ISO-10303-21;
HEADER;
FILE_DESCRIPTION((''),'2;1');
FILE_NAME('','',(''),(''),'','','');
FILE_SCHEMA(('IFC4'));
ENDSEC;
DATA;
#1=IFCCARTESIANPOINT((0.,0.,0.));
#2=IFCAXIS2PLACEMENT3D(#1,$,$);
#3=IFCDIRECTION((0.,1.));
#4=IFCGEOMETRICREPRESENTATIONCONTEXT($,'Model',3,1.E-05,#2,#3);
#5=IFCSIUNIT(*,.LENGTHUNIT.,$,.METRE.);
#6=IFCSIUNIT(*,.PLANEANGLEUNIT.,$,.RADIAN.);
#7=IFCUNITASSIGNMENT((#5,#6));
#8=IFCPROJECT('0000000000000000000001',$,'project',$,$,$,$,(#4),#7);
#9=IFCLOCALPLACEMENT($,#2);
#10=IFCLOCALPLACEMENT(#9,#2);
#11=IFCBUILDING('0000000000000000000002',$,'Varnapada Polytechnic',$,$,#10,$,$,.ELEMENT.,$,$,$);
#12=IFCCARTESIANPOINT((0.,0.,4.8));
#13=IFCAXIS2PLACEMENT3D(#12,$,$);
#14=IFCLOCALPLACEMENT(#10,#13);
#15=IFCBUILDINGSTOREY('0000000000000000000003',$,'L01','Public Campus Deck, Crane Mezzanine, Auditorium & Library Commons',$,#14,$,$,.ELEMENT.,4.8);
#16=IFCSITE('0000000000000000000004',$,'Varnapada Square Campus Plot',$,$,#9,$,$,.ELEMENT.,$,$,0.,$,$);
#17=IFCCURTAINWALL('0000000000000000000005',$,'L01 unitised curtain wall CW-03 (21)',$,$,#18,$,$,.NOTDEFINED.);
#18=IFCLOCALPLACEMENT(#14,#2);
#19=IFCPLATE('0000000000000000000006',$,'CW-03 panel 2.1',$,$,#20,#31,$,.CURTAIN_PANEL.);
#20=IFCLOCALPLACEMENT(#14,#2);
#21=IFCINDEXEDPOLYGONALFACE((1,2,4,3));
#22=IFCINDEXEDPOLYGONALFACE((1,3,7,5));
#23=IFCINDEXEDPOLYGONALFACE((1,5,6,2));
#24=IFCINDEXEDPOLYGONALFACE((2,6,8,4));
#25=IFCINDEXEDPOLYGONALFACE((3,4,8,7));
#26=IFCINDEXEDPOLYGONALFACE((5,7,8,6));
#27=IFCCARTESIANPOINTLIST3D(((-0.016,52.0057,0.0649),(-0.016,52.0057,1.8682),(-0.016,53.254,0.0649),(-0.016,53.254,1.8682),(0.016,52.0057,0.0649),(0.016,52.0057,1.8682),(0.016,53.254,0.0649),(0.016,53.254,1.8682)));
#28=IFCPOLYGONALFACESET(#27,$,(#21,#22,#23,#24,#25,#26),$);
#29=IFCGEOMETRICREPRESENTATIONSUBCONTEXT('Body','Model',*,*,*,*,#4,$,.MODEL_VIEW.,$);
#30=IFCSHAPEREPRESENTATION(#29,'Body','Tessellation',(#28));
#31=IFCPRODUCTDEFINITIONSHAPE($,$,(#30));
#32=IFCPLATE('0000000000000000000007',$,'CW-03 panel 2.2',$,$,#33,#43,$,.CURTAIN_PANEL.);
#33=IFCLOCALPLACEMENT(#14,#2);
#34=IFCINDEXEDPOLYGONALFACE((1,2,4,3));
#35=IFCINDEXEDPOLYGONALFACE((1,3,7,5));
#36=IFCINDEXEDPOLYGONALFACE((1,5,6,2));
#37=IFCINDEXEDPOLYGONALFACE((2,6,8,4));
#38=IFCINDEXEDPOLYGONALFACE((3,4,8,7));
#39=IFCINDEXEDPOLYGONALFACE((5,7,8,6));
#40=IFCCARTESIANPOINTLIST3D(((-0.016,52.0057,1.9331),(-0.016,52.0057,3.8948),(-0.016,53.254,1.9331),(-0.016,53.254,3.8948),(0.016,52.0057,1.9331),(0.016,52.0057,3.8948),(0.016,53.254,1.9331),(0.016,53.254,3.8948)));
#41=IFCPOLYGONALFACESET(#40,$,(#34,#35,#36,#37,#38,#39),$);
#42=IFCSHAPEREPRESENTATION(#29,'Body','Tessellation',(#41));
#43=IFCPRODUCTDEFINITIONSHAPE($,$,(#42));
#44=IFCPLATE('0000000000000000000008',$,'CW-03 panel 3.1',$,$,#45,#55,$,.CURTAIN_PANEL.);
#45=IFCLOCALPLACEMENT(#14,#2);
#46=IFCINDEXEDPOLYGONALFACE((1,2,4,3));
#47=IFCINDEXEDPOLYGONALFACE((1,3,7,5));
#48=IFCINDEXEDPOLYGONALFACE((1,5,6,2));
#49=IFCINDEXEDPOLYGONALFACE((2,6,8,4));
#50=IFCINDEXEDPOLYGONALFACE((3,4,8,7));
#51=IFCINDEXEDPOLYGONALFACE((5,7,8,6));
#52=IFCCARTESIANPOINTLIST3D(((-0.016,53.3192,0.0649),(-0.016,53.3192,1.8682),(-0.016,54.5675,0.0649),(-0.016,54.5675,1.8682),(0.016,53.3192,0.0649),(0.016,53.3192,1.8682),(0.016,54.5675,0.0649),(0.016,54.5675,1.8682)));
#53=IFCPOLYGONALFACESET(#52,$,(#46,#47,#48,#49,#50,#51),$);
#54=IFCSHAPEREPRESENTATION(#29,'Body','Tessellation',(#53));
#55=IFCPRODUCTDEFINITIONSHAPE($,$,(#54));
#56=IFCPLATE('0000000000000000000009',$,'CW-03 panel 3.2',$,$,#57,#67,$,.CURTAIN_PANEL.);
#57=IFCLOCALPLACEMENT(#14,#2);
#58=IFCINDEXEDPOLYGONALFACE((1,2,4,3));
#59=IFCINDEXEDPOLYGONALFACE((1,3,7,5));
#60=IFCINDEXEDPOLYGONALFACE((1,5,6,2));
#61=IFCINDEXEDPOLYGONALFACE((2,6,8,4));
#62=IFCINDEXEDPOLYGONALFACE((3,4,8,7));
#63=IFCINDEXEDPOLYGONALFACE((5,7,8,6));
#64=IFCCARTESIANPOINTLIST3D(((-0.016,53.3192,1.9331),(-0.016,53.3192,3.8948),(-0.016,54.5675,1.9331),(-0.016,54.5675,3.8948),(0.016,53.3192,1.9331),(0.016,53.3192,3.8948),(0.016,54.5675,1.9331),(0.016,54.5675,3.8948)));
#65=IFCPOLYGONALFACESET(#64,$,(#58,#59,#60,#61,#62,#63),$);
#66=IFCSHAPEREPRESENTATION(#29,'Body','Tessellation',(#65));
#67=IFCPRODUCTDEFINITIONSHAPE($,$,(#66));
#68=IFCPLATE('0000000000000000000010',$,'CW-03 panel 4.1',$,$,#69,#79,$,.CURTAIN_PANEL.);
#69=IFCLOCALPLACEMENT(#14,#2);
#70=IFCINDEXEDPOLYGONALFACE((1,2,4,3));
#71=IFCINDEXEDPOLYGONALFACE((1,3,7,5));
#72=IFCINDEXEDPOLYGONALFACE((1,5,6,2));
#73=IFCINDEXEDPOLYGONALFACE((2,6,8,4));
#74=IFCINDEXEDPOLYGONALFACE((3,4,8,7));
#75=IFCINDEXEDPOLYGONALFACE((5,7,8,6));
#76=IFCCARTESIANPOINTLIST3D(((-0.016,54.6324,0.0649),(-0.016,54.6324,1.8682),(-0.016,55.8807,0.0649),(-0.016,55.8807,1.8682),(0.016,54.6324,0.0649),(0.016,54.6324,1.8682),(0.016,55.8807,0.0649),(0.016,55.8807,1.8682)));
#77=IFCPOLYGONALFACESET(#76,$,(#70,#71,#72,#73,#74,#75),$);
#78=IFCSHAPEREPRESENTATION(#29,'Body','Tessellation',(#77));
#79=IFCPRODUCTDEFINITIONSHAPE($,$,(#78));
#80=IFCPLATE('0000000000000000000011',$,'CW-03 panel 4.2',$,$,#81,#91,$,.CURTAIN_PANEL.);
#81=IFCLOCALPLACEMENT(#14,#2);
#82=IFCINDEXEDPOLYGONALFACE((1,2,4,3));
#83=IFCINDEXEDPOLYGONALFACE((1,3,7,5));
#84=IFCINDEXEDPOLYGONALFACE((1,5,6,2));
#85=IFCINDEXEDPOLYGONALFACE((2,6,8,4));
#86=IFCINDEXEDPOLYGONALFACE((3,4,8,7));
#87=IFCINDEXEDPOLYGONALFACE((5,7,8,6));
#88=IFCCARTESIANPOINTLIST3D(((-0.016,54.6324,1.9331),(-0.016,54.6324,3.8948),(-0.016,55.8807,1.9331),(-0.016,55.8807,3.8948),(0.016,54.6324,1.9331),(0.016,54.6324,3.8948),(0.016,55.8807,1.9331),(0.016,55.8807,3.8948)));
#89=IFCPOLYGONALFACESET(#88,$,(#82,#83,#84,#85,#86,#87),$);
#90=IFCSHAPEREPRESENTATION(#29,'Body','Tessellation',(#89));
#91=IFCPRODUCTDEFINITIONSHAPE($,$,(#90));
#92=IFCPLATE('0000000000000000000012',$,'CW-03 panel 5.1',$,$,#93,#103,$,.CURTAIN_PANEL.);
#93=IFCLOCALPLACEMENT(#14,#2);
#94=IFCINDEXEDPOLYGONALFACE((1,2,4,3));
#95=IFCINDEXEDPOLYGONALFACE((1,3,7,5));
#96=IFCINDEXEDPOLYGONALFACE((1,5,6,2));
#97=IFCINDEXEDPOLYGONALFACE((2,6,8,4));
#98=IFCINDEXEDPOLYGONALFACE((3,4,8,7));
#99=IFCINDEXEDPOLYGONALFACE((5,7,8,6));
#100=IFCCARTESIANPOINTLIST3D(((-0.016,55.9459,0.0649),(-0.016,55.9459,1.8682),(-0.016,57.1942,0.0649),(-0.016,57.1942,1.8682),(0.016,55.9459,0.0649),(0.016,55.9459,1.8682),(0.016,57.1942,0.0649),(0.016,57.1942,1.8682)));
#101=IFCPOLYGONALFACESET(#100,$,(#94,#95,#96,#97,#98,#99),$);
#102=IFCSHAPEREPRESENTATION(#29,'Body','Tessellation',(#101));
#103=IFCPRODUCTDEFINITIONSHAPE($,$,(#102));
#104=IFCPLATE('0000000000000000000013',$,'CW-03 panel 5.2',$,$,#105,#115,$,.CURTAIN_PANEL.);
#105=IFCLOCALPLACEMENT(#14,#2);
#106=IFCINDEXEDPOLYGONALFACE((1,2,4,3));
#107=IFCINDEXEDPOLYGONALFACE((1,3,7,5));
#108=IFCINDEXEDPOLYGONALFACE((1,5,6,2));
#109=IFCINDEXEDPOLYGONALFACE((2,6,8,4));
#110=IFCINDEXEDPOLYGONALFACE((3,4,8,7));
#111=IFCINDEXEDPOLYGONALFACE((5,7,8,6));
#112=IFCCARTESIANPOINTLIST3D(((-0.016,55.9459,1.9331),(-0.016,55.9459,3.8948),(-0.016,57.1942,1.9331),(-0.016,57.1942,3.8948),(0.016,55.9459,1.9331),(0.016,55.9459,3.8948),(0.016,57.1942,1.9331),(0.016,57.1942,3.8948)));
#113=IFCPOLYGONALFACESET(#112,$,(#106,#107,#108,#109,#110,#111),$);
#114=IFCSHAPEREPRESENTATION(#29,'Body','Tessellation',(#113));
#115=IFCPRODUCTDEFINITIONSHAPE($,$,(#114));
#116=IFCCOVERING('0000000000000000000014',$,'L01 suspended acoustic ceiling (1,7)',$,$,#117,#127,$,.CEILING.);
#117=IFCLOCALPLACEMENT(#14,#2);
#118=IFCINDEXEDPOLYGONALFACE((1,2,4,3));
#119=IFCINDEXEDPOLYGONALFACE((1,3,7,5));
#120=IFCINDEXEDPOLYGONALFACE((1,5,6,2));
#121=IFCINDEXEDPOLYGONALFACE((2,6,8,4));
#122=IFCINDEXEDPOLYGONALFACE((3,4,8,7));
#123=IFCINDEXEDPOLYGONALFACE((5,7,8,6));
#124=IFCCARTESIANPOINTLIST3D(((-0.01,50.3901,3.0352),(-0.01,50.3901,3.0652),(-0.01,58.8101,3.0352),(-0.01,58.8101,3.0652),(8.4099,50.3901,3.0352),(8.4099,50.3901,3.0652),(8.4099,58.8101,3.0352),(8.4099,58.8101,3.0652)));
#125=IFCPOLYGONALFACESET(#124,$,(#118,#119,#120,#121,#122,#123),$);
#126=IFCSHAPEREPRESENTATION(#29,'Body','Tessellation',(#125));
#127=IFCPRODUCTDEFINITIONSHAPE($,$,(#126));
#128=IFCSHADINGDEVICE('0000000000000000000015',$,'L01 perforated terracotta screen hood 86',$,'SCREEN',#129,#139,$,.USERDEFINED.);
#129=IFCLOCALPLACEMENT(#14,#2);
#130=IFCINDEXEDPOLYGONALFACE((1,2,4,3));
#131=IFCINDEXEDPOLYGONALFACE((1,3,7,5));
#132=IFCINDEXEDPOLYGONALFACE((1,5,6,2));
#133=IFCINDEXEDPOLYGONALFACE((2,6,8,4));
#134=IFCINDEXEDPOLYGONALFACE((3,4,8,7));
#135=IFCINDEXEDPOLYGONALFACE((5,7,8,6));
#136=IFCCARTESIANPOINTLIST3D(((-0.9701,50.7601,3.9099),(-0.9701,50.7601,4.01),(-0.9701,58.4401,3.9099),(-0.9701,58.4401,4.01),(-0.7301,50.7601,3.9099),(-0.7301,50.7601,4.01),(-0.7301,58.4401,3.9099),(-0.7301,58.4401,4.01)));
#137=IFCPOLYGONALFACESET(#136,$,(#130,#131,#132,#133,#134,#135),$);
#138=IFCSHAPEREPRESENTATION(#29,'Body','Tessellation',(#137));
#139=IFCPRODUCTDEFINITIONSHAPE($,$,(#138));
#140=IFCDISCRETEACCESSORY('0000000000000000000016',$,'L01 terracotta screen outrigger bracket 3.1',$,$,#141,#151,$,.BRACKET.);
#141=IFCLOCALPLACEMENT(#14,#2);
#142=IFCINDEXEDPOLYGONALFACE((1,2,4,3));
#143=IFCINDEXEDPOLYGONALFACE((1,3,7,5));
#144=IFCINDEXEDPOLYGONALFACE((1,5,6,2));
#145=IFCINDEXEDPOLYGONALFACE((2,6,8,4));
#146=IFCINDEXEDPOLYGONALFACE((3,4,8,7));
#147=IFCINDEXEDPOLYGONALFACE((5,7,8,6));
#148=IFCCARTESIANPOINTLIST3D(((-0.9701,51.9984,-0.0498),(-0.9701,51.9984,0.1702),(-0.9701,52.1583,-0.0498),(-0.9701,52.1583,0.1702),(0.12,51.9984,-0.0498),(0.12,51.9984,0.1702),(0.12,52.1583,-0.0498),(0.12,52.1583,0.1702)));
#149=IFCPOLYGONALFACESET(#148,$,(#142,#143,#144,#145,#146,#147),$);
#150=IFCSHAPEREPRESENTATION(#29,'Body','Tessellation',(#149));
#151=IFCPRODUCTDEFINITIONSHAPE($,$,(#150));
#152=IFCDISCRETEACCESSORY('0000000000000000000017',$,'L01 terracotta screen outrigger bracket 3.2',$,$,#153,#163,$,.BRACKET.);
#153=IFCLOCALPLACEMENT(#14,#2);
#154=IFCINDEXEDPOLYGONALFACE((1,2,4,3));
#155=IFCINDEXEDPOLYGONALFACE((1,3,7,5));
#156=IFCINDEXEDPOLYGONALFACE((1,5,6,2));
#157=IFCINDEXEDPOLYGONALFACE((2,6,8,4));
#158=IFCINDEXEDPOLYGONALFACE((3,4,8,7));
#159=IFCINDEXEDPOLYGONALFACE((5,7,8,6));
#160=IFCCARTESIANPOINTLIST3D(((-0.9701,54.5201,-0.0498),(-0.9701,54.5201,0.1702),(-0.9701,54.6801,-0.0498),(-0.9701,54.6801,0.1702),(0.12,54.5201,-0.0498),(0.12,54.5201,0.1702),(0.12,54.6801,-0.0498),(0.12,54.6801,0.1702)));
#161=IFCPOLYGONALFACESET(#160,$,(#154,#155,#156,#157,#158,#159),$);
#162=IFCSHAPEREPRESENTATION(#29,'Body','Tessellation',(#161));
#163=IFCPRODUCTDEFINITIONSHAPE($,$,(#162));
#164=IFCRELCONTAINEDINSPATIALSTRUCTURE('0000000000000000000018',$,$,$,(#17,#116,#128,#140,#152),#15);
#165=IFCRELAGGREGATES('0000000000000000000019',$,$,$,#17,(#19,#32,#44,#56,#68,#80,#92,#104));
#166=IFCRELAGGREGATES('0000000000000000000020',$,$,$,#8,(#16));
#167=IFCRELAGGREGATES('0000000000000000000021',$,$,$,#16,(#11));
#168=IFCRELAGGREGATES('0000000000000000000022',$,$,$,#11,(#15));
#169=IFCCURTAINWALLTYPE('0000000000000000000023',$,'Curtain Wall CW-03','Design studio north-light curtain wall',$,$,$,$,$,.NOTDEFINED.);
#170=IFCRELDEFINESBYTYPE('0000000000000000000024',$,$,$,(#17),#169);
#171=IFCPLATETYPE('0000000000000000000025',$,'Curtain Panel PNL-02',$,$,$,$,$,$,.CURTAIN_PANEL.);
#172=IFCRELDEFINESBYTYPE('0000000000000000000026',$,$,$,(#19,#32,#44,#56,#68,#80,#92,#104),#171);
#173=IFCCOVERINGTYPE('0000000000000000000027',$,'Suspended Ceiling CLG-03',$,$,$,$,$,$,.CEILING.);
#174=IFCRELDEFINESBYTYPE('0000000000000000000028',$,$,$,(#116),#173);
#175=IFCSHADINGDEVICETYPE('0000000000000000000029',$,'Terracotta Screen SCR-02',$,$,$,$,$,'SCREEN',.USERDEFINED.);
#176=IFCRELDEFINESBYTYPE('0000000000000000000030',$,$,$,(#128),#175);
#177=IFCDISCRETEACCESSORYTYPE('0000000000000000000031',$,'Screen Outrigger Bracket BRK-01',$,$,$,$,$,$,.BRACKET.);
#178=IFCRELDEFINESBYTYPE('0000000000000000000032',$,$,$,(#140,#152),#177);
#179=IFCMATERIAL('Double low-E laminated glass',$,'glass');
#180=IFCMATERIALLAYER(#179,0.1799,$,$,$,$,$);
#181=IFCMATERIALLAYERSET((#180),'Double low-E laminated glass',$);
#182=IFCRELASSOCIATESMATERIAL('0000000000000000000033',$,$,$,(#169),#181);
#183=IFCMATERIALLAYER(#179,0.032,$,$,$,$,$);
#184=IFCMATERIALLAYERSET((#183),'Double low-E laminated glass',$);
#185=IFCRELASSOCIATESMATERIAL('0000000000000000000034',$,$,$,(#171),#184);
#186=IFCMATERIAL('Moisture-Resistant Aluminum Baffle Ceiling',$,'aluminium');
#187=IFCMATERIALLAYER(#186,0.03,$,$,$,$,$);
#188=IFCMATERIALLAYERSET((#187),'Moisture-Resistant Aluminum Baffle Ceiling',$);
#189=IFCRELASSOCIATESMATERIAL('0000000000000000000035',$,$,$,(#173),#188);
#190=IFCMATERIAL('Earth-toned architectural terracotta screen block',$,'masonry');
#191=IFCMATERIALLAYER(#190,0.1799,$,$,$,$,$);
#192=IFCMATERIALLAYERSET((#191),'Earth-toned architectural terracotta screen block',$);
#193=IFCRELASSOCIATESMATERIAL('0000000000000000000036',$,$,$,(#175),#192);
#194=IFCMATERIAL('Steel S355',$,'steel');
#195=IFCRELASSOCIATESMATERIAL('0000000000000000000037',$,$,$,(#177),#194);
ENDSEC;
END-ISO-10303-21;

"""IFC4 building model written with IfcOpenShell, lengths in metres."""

from ifc_helpers import new_model, si_unit, direction, frame, origin, origin_2d, place, context, subcontext, project, spatial, rectangle, extrude, material, layer, layer_set, type_object, element, aggregate, save


model = new_model("IFC4")

# Units and contexts
model_context = context("Model", 3, precision=1e-05, world=origin(), true_north=direction((0.0, 1.0)))
body_context = subcontext(model_context, "Body", "Model", "MODEL_VIEW")
ifc_project = project(units=[si_unit("LENGTHUNIT", "METRE"), si_unit("PLANEANGLEUNIT", "RADIAN")], contexts=[model_context])

# Site, building, storey
site_placement = place(None, origin())
site = spatial("IfcSite", under=ifc_project, at=site_placement, Name="Varnapada Square Campus Plot", CompositionType="ELEMENT", RefElevation=0.0)
building_placement = place(site_placement, origin())
building = spatial("IfcBuilding", under=site, at=building_placement, Name="Varnapada Polytechnic", CompositionType="ELEMENT")
storey_placement = place(building_placement, frame((0.0, 0.0, 4.8)))
storey = spatial("IfcBuildingStorey", under=building, at=storey_placement, Name="L01", Description="Public Campus Deck, Crane Mezzanine, Auditorium & Library Commons", CompositionType="ELEMENT", Elevation=4.8)

# Curtain wall, plates
ifc_material_1 = material(Name="Double low-E laminated glass", Category="glass")
ifc_layer_1 = layer(ifc_material_1, 0.1799)
ifc_layer_set_1 = layer_set([ifc_layer_1], Name="Double low-E laminated glass")
curtain_wall_type = type_object("IfcCurtainWallType", Name="Curtain Wall CW-03", Description="Design studio north-light curtain wall", PredefinedType="NOTDEFINED", material=ifc_layer_set_1)
curtain_wall_placement = place(storey_placement, origin())
curtain_wall = element("IfcCurtainWall", 1, at=curtain_wall_placement, inside=storey, type_object=curtain_wall_type, Name="L01 unitised curtain wall CW-03 (21)", PredefinedType="NOTDEFINED")
ifc_layer_2 = layer(ifc_material_1, 0.032)
ifc_layer_set_2 = layer_set([ifc_layer_2], Name="Double low-E laminated glass")
plate_type = type_object("IfcPlateType", Name="Curtain Panel PNL-02", PredefinedType="CURTAIN_PANEL", material=ifc_layer_set_2)
plate_1_placement = place(storey_placement, frame((0.0, 52.6299, 0.0649), z_axis=(0.0, 0.0, 1.0), x_axis=(0.0, 1.0, 0.0)))
plate_1 = element("IfcPlate", 2, at=plate_1_placement, type_object=plate_type, Name="CW-03 panel 2.1", PredefinedType="CURTAIN_PANEL", context=body_context, shape_type="SweptSolid", body=[
    extrude(rectangle(XDim=1.2483, YDim=0.032, at=origin_2d()), origin(), (0.0, 0.0, 1.0), 1.8032),
])
plate_2_placement = place(storey_placement, frame((0.0, 52.6299, 1.9331), z_axis=(0.0, 0.0, 1.0), x_axis=(0.0, 1.0, 0.0)))
plate_2 = element("IfcPlate", 3, at=plate_2_placement, type_object=plate_type, Name="CW-03 panel 2.2", PredefinedType="CURTAIN_PANEL", context=body_context, shape_type="SweptSolid", body=[
    extrude(rectangle(XDim=1.2483, YDim=0.032, at=origin_2d()), origin(), (0.0, 0.0, 1.0), 1.9617),
])
plate_3_placement = place(storey_placement, frame((0.0, 53.9434, 0.0649), z_axis=(0.0, 0.0, 1.0), x_axis=(0.0, 1.0, 0.0)))
plate_3 = element("IfcPlate", 4, at=plate_3_placement, type_object=plate_type, Name="CW-03 panel 3.1", PredefinedType="CURTAIN_PANEL", context=body_context, shape_type="SweptSolid", body=[
    extrude(rectangle(XDim=1.2483, YDim=0.032, at=origin_2d()), origin(), (0.0, 0.0, 1.0), 1.8032),
])
plate_4_placement = place(storey_placement, frame((0.0, 53.9434, 1.9331), z_axis=(0.0, 0.0, 1.0), x_axis=(0.0, 1.0, 0.0)))
plate_4 = element("IfcPlate", 5, at=plate_4_placement, type_object=plate_type, Name="CW-03 panel 3.2", PredefinedType="CURTAIN_PANEL", context=body_context, shape_type="SweptSolid", body=[
    extrude(rectangle(XDim=1.2483, YDim=0.032, at=origin_2d()), origin(), (0.0, 0.0, 1.0), 1.9617),
])
plate_5_placement = place(storey_placement, frame((0.0, 55.2566, 0.0649), z_axis=(0.0, 0.0, 1.0), x_axis=(0.0, 1.0, 0.0)))
plate_5 = element("IfcPlate", 6, at=plate_5_placement, type_object=plate_type, Name="CW-03 panel 4.1", PredefinedType="CURTAIN_PANEL", context=body_context, shape_type="SweptSolid", body=[
    extrude(rectangle(XDim=1.2483, YDim=0.032, at=origin_2d()), origin(), (0.0, 0.0, 1.0), 1.8032),
])
plate_6_placement = place(storey_placement, frame((0.0, 55.2566, 1.9331), z_axis=(0.0, 0.0, 1.0), x_axis=(0.0, 1.0, 0.0)))
plate_6 = element("IfcPlate", 7, at=plate_6_placement, type_object=plate_type, Name="CW-03 panel 4.2", PredefinedType="CURTAIN_PANEL", context=body_context, shape_type="SweptSolid", body=[
    extrude(rectangle(XDim=1.2483, YDim=0.032, at=origin_2d()), origin(), (0.0, 0.0, 1.0), 1.9617),
])
plate_7_placement = place(storey_placement, frame((0.0, 56.5701, 0.0649), z_axis=(0.0, 0.0, 1.0), x_axis=(0.0, 1.0, 0.0)))
plate_7 = element("IfcPlate", 8, at=plate_7_placement, type_object=plate_type, Name="CW-03 panel 5.1", PredefinedType="CURTAIN_PANEL", context=body_context, shape_type="SweptSolid", body=[
    extrude(rectangle(XDim=1.2483, YDim=0.032, at=origin_2d()), origin(), (0.0, 0.0, 1.0), 1.8032),
])
plate_8_placement = place(storey_placement, frame((0.0, 56.5701, 1.9331), z_axis=(0.0, 0.0, 1.0), x_axis=(0.0, 1.0, 0.0)))
plate_8 = element("IfcPlate", 9, at=plate_8_placement, type_object=plate_type, Name="CW-03 panel 5.2", PredefinedType="CURTAIN_PANEL", context=body_context, shape_type="SweptSolid", body=[
    extrude(rectangle(XDim=1.2483, YDim=0.032, at=origin_2d()), origin(), (0.0, 0.0, 1.0), 1.9617),
])
aggregate(curtain_wall, [plate_1, plate_2, plate_3, plate_4, plate_5, plate_6, plate_7, plate_8])

# Covering
ifc_material_2 = material(Name="Moisture-Resistant Aluminum Baffle Ceiling", Category="aluminium")
ifc_layer_3 = layer(ifc_material_2, 0.03)
ifc_layer_set_3 = layer_set([ifc_layer_3], Name="Moisture-Resistant Aluminum Baffle Ceiling")
covering_type = type_object("IfcCoveringType", Name="Suspended Ceiling CLG-03", PredefinedType="CEILING", material=ifc_layer_set_3)
covering_placement = place(storey_placement, frame((4.2, 54.6001, 3.0352), z_axis=(0.0, 0.0, 1.0), x_axis=(1.0, 0.0, 0.0)))
element("IfcCovering", 10, at=covering_placement, inside=storey, type_object=covering_type, Name="L01 suspended acoustic ceiling (1,7)", PredefinedType="CEILING", context=body_context, shape_type="SweptSolid", body=[
    extrude(rectangle(XDim=8.4199, YDim=8.4199, at=origin_2d()), origin(), (0.0, 0.0, 1.0), 0.03),
])

# Shading device
ifc_material_3 = material(Name="Earth-toned architectural terracotta screen block", Category="masonry")
ifc_layer_4 = layer(ifc_material_3, 0.1799)
ifc_layer_set_4 = layer_set([ifc_layer_4], Name="Earth-toned architectural terracotta screen block")
shading_device_type = type_object("IfcShadingDeviceType", Name="Terracotta Screen SCR-02", ElementType="SCREEN", PredefinedType="USERDEFINED", material=ifc_layer_set_4)
shading_device_placement = place(storey_placement, frame((-0.8501, 54.6001, 3.9099), z_axis=(0.0, 0.0, 1.0), x_axis=(0.0, 1.0, 0.0)))
element("IfcShadingDevice", 11, at=shading_device_placement, inside=storey, type_object=shading_device_type, Name="L01 perforated terracotta screen hood 86", ObjectType="SCREEN", PredefinedType="USERDEFINED", context=body_context, shape_type="SweptSolid", body=[
    extrude(rectangle(XDim=7.6799, YDim=0.24, at=origin_2d()), origin(), (0.0, 0.0, 1.0), 0.1001),
])

# Discrete accessories
ifc_material_4 = material(Name="Steel S355", Category="steel")
discrete_accessory_type = type_object("IfcDiscreteAccessoryType", Name="Screen Outrigger Bracket BRK-01", PredefinedType="BRACKET", material=ifc_material_4)
for number, where, z_axis, x_axis, name in (
    (12, (-0.425, 52.0784, -0.0498), (0.0, 0.0, 1.0), (0.0, 1.0, 0.0), "L01 terracotta screen outrigger bracket 3.1"),
    (13, (-0.425, 54.6001, -0.0498), (0.0, 0.0, 1.0), (0.0, 1.0, 0.0), "L01 terracotta screen outrigger bracket 3.2"),
):
    element("IfcDiscreteAccessory", number, at=place(storey_placement, frame(where, z_axis=z_axis, x_axis=x_axis)), inside=storey, type_object=discrete_accessory_type, Name=name, PredefinedType="BRACKET", context=body_context, shape_type="SweptSolid", body=[
        extrude(rectangle(XDim=0.1599, YDim=1.0901, at=origin_2d()), origin(), (0.0, 0.0, 1.0), 0.22),
    ])

save(model, "model.ifc")
